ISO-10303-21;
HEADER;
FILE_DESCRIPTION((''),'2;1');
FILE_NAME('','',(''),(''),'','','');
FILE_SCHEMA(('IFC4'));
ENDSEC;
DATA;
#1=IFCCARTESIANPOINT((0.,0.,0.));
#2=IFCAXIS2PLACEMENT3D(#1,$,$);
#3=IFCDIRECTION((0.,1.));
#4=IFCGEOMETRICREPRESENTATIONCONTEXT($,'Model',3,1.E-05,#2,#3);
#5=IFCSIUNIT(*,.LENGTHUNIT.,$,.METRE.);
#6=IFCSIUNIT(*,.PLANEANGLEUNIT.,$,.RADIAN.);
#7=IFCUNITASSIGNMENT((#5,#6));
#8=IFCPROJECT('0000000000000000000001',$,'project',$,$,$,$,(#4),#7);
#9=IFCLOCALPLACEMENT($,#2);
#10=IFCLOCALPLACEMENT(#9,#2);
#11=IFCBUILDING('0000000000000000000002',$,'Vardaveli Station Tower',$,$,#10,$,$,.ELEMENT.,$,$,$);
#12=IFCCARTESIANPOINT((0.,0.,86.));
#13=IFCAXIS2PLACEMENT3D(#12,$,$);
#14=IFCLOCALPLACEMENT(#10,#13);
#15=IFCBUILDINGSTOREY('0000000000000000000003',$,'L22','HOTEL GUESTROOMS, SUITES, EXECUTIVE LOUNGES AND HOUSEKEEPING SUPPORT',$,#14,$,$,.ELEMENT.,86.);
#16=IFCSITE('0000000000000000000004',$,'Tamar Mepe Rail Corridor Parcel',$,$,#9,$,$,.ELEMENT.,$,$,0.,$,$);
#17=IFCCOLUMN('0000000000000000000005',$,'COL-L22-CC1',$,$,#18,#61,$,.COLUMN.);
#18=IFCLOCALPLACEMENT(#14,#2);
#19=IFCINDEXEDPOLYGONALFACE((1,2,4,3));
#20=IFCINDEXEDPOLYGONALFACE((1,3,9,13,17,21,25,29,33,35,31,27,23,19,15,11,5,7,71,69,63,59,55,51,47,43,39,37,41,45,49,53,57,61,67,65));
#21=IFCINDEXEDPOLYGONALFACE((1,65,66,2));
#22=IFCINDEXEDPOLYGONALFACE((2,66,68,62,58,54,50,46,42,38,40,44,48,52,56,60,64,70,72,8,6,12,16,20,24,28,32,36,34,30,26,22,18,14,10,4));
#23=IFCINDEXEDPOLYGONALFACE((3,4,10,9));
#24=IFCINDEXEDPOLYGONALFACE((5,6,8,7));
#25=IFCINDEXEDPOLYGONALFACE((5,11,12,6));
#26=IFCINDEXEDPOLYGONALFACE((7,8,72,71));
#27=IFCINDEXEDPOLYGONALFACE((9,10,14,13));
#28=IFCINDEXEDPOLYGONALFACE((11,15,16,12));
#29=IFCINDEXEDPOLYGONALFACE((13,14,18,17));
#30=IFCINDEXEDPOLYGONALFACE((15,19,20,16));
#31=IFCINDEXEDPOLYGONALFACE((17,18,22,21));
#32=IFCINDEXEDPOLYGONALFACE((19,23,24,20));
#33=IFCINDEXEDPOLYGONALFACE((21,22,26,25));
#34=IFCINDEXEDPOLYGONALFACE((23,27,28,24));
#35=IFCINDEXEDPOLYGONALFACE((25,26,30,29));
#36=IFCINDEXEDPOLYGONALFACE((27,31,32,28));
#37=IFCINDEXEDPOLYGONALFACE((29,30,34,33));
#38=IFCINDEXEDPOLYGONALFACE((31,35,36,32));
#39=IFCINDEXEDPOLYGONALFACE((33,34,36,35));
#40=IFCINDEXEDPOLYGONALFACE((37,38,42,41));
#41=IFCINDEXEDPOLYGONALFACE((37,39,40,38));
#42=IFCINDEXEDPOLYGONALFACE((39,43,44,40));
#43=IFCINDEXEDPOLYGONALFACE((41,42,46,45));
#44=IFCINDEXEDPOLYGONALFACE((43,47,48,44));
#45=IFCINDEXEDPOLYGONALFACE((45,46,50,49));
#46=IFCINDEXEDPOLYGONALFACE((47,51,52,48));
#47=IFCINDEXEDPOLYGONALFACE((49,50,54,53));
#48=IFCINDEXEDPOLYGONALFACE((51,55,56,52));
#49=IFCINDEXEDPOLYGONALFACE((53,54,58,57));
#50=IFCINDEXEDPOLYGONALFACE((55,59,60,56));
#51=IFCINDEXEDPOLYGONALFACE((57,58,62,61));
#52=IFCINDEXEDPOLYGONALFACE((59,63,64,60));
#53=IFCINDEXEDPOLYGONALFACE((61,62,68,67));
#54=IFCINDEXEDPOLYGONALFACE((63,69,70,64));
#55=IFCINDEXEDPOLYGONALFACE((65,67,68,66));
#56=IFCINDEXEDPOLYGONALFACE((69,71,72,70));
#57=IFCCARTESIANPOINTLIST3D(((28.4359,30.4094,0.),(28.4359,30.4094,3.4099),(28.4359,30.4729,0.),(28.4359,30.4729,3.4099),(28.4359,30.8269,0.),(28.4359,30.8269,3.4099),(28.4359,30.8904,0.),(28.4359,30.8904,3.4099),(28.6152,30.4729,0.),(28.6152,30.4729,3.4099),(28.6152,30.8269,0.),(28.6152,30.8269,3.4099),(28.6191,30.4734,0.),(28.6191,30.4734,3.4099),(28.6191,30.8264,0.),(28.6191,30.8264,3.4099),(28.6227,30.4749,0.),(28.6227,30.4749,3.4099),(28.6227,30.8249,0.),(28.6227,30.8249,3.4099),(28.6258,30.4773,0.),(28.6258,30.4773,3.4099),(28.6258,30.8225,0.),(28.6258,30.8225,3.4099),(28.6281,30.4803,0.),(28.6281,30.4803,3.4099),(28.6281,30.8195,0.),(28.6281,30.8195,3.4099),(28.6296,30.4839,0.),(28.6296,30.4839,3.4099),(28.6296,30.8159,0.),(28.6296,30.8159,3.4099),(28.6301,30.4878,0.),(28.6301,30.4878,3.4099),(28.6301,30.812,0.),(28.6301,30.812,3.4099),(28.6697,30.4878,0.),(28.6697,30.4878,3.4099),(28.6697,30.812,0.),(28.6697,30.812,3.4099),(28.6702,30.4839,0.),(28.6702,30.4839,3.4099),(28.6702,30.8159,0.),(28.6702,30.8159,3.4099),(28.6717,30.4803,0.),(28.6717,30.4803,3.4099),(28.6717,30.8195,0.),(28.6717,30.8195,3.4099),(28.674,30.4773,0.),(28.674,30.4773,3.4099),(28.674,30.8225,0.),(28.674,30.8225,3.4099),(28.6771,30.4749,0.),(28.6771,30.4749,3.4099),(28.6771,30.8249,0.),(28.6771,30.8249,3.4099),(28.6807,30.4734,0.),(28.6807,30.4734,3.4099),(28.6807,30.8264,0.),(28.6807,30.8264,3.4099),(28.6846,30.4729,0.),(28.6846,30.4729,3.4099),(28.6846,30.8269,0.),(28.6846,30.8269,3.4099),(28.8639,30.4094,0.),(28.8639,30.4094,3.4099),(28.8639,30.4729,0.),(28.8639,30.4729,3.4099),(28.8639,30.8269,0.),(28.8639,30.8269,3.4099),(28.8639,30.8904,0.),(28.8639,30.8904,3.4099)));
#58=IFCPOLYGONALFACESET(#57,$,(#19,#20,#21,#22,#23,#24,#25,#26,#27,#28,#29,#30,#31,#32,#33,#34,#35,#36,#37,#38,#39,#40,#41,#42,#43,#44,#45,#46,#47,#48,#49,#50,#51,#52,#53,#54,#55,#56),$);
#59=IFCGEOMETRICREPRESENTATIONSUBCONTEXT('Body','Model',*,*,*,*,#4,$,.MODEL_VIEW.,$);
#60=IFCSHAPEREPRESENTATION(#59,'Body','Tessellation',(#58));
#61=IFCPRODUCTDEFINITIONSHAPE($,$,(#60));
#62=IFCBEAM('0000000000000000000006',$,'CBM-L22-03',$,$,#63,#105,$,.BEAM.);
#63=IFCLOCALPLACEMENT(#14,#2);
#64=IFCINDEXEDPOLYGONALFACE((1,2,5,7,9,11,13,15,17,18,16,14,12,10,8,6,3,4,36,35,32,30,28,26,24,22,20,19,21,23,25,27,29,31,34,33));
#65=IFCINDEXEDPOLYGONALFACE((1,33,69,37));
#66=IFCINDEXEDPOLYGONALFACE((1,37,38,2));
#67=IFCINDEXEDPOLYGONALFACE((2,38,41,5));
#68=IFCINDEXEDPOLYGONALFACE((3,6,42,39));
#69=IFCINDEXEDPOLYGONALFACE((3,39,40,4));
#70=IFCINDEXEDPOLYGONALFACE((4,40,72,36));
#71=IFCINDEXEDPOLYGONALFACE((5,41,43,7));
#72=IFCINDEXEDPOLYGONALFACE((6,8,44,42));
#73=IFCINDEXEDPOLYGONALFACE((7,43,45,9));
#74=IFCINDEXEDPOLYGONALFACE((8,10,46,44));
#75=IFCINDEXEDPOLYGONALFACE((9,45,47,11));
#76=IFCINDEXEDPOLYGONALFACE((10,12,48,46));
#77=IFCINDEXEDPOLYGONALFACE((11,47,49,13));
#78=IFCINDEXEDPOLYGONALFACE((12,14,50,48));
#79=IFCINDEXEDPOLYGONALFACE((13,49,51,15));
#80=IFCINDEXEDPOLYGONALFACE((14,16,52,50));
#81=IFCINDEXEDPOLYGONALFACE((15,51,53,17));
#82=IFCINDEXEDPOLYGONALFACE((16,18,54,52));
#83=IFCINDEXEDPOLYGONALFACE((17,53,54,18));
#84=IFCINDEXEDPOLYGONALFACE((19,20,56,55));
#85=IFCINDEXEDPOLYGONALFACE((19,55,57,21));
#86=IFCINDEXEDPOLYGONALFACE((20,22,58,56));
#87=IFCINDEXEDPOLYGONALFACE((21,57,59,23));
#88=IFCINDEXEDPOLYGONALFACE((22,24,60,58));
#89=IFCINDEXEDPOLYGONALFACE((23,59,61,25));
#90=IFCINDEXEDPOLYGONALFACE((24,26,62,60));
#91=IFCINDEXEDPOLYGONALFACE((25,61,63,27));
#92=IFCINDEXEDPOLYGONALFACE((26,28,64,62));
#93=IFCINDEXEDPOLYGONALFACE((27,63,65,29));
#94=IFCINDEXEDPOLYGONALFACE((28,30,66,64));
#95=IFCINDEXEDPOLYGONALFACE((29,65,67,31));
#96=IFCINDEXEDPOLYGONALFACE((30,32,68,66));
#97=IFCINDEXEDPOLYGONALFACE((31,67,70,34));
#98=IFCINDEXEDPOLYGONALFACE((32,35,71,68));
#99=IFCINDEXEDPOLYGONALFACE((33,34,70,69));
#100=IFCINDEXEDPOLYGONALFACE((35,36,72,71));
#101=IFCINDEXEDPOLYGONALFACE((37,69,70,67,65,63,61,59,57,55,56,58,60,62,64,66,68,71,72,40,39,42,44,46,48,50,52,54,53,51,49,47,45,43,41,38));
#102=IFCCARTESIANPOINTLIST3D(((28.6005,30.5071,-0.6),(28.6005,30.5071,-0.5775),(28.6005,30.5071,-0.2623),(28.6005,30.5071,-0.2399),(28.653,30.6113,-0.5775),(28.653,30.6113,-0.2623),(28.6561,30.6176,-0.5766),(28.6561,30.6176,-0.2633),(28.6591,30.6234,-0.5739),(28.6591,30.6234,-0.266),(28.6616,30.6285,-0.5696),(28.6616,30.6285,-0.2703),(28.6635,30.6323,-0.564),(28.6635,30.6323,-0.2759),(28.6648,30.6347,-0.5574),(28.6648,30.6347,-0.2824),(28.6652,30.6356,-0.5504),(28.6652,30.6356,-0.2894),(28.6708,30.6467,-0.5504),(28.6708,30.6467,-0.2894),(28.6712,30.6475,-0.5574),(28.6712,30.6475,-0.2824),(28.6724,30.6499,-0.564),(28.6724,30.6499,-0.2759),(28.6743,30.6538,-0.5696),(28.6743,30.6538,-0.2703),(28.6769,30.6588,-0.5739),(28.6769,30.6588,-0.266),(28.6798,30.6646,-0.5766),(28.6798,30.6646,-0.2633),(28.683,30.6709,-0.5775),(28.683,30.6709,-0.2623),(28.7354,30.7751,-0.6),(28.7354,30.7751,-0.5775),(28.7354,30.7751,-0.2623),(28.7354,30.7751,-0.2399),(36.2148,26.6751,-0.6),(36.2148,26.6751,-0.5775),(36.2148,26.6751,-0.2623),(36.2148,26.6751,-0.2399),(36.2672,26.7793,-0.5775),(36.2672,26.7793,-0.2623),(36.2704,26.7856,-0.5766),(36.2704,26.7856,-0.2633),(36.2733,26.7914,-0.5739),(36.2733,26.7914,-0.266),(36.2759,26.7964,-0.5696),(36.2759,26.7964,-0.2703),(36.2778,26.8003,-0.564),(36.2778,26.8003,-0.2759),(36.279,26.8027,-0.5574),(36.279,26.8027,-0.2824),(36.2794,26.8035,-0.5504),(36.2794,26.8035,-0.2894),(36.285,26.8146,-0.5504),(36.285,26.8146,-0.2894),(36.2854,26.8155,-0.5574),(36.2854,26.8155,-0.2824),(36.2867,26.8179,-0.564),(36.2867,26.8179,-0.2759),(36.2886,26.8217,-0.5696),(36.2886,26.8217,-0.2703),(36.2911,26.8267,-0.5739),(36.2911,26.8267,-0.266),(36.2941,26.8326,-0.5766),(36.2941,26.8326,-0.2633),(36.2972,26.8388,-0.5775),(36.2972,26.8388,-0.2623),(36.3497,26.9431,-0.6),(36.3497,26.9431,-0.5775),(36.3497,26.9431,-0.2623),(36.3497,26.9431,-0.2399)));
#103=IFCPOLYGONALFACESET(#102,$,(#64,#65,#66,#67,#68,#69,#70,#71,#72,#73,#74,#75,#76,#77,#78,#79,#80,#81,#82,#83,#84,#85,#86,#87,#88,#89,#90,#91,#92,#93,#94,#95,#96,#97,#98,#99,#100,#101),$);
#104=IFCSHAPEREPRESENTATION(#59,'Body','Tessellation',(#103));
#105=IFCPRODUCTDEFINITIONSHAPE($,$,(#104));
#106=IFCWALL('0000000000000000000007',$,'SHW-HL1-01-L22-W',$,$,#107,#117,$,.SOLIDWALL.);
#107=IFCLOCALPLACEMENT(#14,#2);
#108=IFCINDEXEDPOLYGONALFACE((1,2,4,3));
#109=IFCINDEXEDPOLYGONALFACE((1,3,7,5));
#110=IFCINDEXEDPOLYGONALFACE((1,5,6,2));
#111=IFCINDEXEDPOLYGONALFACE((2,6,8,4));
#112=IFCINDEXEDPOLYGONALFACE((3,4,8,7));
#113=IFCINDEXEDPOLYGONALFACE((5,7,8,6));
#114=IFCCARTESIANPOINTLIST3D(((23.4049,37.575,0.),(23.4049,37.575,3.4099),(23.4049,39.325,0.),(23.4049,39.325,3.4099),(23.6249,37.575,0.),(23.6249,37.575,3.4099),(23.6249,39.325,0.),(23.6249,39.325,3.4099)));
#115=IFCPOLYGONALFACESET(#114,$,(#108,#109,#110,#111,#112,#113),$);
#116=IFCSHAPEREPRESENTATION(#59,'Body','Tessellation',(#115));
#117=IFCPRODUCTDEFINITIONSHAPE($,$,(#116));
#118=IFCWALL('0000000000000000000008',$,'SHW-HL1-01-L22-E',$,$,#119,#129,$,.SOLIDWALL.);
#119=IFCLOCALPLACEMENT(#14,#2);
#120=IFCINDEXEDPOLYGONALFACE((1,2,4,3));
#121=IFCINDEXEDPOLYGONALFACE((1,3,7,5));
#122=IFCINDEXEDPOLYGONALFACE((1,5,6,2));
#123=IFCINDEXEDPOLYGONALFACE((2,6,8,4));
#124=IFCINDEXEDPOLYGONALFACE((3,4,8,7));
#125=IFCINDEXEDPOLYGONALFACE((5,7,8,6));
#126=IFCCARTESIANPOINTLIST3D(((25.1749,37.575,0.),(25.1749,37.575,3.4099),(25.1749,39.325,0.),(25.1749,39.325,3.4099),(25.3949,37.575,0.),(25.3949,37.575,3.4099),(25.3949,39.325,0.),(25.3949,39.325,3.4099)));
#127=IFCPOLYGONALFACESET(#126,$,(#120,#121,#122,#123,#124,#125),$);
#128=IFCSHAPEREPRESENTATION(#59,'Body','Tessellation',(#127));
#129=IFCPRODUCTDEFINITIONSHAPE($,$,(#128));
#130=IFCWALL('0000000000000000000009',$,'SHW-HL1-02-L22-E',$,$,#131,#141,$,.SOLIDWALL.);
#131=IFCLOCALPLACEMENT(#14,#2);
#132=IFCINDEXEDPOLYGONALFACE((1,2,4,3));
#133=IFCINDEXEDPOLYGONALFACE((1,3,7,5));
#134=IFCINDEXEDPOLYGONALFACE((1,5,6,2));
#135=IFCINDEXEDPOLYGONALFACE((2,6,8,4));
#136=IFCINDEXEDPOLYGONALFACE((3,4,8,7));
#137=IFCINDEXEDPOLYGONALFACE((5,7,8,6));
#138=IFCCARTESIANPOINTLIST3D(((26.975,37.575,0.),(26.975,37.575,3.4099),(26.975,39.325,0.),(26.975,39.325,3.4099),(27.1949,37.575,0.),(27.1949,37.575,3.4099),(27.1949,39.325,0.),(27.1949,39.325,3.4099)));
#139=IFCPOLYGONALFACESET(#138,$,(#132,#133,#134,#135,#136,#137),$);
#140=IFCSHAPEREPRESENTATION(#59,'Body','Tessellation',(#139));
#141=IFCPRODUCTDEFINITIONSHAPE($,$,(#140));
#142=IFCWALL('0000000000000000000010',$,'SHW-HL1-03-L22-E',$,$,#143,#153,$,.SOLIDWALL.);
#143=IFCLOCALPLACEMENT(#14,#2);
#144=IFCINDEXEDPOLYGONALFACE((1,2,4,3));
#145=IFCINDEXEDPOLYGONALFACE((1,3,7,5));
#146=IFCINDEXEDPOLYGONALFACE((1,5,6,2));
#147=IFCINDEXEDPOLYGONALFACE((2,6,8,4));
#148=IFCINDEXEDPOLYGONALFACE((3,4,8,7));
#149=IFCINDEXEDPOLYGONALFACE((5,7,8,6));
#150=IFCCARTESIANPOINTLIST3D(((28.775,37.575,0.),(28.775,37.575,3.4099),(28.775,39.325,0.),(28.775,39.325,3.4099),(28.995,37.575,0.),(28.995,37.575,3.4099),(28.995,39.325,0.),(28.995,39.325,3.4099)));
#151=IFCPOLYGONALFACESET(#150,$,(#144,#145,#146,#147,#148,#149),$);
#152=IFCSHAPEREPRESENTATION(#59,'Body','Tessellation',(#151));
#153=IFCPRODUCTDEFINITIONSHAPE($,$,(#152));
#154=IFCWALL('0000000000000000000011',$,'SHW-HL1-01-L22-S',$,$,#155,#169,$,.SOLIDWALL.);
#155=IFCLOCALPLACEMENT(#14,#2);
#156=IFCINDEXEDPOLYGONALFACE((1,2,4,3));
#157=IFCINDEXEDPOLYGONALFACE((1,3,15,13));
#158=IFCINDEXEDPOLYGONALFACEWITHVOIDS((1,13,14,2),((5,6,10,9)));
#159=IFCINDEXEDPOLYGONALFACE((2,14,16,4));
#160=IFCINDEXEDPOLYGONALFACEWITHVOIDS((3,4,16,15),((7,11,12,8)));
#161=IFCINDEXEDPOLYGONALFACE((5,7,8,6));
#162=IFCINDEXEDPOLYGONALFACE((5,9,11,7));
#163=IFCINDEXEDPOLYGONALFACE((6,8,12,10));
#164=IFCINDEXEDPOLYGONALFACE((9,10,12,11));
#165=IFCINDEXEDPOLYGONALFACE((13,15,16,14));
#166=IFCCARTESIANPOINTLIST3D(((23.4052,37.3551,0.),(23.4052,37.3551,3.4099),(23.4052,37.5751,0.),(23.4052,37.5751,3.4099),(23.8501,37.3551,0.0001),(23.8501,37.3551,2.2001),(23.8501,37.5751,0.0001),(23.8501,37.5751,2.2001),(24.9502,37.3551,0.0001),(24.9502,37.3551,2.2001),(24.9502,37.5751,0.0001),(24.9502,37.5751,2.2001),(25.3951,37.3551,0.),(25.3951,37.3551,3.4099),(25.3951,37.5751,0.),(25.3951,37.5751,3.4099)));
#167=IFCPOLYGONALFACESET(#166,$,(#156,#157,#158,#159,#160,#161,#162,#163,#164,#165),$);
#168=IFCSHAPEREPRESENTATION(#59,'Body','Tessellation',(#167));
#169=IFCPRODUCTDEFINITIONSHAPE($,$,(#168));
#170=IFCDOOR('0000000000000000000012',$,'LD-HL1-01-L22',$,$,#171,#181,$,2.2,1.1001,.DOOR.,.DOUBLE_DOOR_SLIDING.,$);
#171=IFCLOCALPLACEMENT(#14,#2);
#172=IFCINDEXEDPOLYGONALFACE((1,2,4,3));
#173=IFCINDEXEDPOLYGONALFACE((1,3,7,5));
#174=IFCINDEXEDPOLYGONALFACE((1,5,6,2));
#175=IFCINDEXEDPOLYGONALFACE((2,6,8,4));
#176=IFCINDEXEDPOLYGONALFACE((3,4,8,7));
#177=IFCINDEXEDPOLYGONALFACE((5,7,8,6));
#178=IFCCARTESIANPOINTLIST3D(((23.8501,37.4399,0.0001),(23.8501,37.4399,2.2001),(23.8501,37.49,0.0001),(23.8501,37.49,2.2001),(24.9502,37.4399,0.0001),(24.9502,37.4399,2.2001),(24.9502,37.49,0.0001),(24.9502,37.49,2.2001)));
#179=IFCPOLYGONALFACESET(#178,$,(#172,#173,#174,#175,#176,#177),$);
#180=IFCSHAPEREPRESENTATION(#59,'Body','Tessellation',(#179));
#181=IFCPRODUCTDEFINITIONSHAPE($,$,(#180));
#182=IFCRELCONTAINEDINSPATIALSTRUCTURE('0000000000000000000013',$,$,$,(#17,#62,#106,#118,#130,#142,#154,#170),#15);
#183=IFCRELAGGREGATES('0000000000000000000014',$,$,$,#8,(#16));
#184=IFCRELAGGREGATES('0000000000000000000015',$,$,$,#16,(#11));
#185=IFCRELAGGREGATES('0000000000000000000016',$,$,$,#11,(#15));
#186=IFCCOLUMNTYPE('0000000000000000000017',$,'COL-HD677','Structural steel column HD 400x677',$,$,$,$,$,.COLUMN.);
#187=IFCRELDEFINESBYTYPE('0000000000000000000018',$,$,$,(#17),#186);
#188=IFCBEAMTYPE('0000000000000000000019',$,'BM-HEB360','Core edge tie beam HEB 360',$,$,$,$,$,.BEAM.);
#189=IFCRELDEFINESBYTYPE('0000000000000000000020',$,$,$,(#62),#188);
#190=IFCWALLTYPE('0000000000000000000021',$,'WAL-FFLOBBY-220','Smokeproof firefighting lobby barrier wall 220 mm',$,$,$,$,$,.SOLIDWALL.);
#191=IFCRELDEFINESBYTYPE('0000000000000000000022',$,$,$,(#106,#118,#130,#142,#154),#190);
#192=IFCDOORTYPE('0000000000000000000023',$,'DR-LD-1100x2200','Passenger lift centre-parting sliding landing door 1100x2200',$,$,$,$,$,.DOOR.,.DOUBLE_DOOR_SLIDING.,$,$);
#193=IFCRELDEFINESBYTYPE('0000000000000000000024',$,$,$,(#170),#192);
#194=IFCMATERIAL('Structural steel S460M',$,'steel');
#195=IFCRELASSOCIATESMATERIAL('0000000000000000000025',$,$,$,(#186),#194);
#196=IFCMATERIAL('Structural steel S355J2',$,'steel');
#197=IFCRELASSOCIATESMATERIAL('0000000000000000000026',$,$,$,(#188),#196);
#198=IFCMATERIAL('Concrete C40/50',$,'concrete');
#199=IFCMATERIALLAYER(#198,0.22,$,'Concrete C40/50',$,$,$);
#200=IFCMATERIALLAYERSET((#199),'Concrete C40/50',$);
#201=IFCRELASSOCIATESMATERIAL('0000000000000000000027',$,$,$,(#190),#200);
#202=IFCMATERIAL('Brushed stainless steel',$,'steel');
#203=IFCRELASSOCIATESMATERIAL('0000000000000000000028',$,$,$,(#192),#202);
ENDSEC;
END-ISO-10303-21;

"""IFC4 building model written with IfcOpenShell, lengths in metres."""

from ifc_helpers import new_model, si_unit, direction, frame, frame_2d, origin, origin_2d, place, context, subcontext, project, spatial, rectangle, i_section, extrude, source, transform, mapped, material, layer, layer_set, material_profile, profile_set, type_object, element, fill, save


model = new_model("IFC4")

# Units and contexts
model_context = context("Model", 3, precision=1e-05, world=origin(), true_north=direction((0.0, 1.0)))
body_context = subcontext(model_context, "Body", "Model", "MODEL_VIEW")
ifc_project = project(units=[si_unit("LENGTHUNIT", "METRE"), si_unit("PLANEANGLEUNIT", "RADIAN")], contexts=[model_context])

# Site, building, storey
site_placement = place(None, origin())
site = spatial("IfcSite", under=ifc_project, at=site_placement, Name="Tamar Mepe Rail Corridor Parcel", CompositionType="ELEMENT", RefElevation=0.0)
building_placement = place(site_placement, origin())
building = spatial("IfcBuilding", under=site, at=building_placement, Name="Vardaveli Station Tower", CompositionType="ELEMENT")
storey_placement = place(building_placement, frame((0.0, 0.0, 86.0)))
storey = spatial("IfcBuildingStorey", under=building, at=storey_placement, Name="L22", Description="HOTEL GUESTROOMS, SUITES, EXECUTIVE LOUNGES AND HOUSEKEEPING SUPPORT", CompositionType="ELEMENT", Elevation=86.0)

# Column
ifc_material_1 = material(Name="Structural steel S460M", Category="steel")
ifc_material_profile_1 = material_profile(ifc_material_1, i_section(OverallWidth=0.428, OverallDepth=0.481, WebThickness=0.0396, FlangeThickness=0.0635, FilletRadius=0.0149, at=origin_2d()), Name="HD 400x677")
ifc_profile_set_1 = profile_set([ifc_material_profile_1], Name="Structural steel S460M")
column_type = type_object("IfcColumnType", Name="COL-HD677", Description="Structural steel column HD 400x677", PredefinedType="COLUMN", material=ifc_profile_set_1)
shared_shape_1 = source(origin(), body_context, "Body", "SweptSolid", [
    extrude(i_section(OverallWidth=0.428, OverallDepth=0.481, WebThickness=0.0396, FlangeThickness=0.0635, FilletRadius=0.0149, at=origin_2d()), origin(), (0.0, 0.0, 1.0), 3.4099),
])
column_placement = place(storey_placement, frame((28.6499, 30.6499, 0.0), z_axis=(0.0, 0.0, 1.0), x_axis=(1.0, 0.0, 0.0)))
element("IfcColumn", 1, at=column_placement, inside=storey, type_object=column_type, Name="COL-L22-CC1", PredefinedType="COLUMN", context=body_context, shape_type="MappedRepresentation", body=[
    mapped(shared_shape_1, transform((0.0, 0.0, 0.0), scale=1.0)),
])

# Beam
ifc_material_2 = material(Name="Structural steel S355J2", Category="steel")
ifc_material_profile_2 = material_profile(ifc_material_2, i_section(OverallWidth=0.3, OverallDepth=0.3601, WebThickness=0.0125, FlangeThickness=0.0225, FilletRadius=0.0271, at=origin_2d()), Name="HEB 360")
ifc_profile_set_2 = profile_set([ifc_material_profile_2], Name="Structural steel S355J2")
beam_type = type_object("IfcBeamType", Name="BM-HEB360", Description="Core edge tie beam HEB 360", PredefinedType="BEAM", material=ifc_profile_set_2)
shared_shape_2 = source(origin(), body_context, "Body", "SweptSolid", [
    extrude(i_section(OverallWidth=0.3, OverallDepth=0.3601, WebThickness=0.0125, FlangeThickness=0.0225, FilletRadius=0.0271, at=origin_2d()), origin(), (0.0, 0.0, 1.0), 8.5242),
])
beam_placement = place(storey_placement, frame((28.668, 30.6411, -0.4199), z_axis=(0.893256, -0.449549, 0.0), x_axis=(0.449549, 0.893256, 0.0)))
element("IfcBeam", 2, at=beam_placement, inside=storey, type_object=beam_type, Name="CBM-L22-03", PredefinedType="BEAM", context=body_context, shape_type="MappedRepresentation", body=[
    mapped(shared_shape_2, transform((0.0, 0.0, 0.0), scale=1.0)),
])

# Walls
ifc_material_3 = material(Name="Concrete C40/50", Category="concrete")
ifc_layer = layer(ifc_material_3, 0.22, Name="Concrete C40/50")
ifc_layer_set = layer_set([ifc_layer], Name="Concrete C40/50")
wall_type = type_object("IfcWallType", Name="WAL-FFLOBBY-220", Description="Smokeproof firefighting lobby barrier wall 220 mm", PredefinedType="SOLIDWALL", material=ifc_layer_set)
shared_shape_3 = source(origin(), body_context, "Body", "SweptSolid", [
    extrude(rectangle(XDim=1.75, YDim=0.22, at=frame_2d((0.875, 0.0))), origin(), (0.0, 0.0, 1.0), 3.4099),
])
for number, where, z_axis, x_axis, name in (
    (3, (23.5149, 37.575, 0.0), (0.0, 0.0, 1.0), (0.0, 1.0, 0.0), "SHW-HL1-01-L22-W"),
    (4, (25.2849, 37.575, 0.0), (0.0, 0.0, 1.0), (0.0, 1.0, 0.0), "SHW-HL1-01-L22-E"),
    (5, (27.085, 37.575, 0.0), (0.0, 0.0, 1.0), (0.0, 1.0, 0.0), "SHW-HL1-02-L22-E"),
    (6, (28.885, 37.575, 0.0), (0.0, 0.0, 1.0), (0.0, 1.0, 0.0), "SHW-HL1-03-L22-E"),
):
    element("IfcWall", number, at=place(storey_placement, frame(where, z_axis=z_axis, x_axis=x_axis)), inside=storey, type_object=wall_type, Name=name, PredefinedType="SOLIDWALL", context=body_context, shape_type="MappedRepresentation", body=[
        mapped(shared_shape_3, transform((0.0, 0.0, 0.0), scale=1.0)),
    ])

# Wall, opening, door
shared_shape_4 = source(origin(), body_context, "Body", "SweptSolid", [
    extrude(rectangle(XDim=1.99, YDim=0.22, at=frame_2d((0.9951, 0.0))), origin(), (0.0, 0.0, 1.0), 3.4099),
])
wall_1_placement = place(storey_placement, frame((23.405, 37.4651, 0.0), z_axis=(0.0, 0.0, 1.0), x_axis=(1.0, 0.0, 0.0)))
wall_1 = element("IfcWall", 7, at=wall_1_placement, inside=storey, type_object=wall_type, Name="SHW-HL1-01-L22-S", PredefinedType="SOLIDWALL", context=body_context, shape_type="MappedRepresentation", body=[
    mapped(shared_shape_4, transform((0.0, 0.0, 0.0), scale=1.0)),
])
shared_shape_5 = source(origin(), body_context, "Body", "SweptSolid", [
    extrude(rectangle(XDim=1.1001, YDim=2.2, at=frame_2d((0.55, 1.1001))), frame((0.0, 0.1201, 0.0), z_axis=(0.0, -1.0, 0.0), x_axis=(1.0, 0.0, 0.0)), (0.0, 0.0, 1.0), 0.24),
])
opening_1_placement = place(wall_1_placement, frame((0.4451, 0.0, 0.0)))
opening_1 = element("IfcOpeningElement", 8, at=opening_1_placement, cuts=wall_1, PredefinedType="OPENING", context=body_context, shape_type="MappedRepresentation", body=[
    mapped(shared_shape_5, transform((0.0, 0.0, 0.0), scale=1.0)),
])
ifc_material_4 = material(Name="Brushed stainless steel", Category="steel")
door_type = type_object("IfcDoorType", Name="DR-LD-1100x2200", Description="Passenger lift centre-parting sliding landing door 1100x2200", OperationType="DOUBLE_DOOR_SLIDING", PredefinedType="DOOR", material=ifc_material_4)
shared_shape_6 = source(origin(), body_context, "Body", "SweptSolid", [
    extrude(rectangle(XDim=1.1001, YDim=2.2, at=frame_2d((0.55, 1.1001))), frame((0.0, 0.0249, 0.0), z_axis=(0.0, -1.0, 0.0), x_axis=(1.0, 0.0, 0.0)), (0.0, 0.0, 1.0), 0.05),
])
door_1_placement = place(opening_1_placement, origin())
door_1 = element("IfcDoor", 9, at=door_1_placement, inside=storey, type_object=door_type, Name="LD-HL1-01-L22", OperationType="DOUBLE_DOOR_SLIDING", OverallHeight=2.2, OverallWidth=1.1001, PredefinedType="DOOR", context=body_context, shape_type="MappedRepresentation", body=[
    mapped(shared_shape_6, transform((0.0, 0.0, 0.0), scale=1.0)),
])
fill(opening_1, door_1)

save(model, "model.ifc")
